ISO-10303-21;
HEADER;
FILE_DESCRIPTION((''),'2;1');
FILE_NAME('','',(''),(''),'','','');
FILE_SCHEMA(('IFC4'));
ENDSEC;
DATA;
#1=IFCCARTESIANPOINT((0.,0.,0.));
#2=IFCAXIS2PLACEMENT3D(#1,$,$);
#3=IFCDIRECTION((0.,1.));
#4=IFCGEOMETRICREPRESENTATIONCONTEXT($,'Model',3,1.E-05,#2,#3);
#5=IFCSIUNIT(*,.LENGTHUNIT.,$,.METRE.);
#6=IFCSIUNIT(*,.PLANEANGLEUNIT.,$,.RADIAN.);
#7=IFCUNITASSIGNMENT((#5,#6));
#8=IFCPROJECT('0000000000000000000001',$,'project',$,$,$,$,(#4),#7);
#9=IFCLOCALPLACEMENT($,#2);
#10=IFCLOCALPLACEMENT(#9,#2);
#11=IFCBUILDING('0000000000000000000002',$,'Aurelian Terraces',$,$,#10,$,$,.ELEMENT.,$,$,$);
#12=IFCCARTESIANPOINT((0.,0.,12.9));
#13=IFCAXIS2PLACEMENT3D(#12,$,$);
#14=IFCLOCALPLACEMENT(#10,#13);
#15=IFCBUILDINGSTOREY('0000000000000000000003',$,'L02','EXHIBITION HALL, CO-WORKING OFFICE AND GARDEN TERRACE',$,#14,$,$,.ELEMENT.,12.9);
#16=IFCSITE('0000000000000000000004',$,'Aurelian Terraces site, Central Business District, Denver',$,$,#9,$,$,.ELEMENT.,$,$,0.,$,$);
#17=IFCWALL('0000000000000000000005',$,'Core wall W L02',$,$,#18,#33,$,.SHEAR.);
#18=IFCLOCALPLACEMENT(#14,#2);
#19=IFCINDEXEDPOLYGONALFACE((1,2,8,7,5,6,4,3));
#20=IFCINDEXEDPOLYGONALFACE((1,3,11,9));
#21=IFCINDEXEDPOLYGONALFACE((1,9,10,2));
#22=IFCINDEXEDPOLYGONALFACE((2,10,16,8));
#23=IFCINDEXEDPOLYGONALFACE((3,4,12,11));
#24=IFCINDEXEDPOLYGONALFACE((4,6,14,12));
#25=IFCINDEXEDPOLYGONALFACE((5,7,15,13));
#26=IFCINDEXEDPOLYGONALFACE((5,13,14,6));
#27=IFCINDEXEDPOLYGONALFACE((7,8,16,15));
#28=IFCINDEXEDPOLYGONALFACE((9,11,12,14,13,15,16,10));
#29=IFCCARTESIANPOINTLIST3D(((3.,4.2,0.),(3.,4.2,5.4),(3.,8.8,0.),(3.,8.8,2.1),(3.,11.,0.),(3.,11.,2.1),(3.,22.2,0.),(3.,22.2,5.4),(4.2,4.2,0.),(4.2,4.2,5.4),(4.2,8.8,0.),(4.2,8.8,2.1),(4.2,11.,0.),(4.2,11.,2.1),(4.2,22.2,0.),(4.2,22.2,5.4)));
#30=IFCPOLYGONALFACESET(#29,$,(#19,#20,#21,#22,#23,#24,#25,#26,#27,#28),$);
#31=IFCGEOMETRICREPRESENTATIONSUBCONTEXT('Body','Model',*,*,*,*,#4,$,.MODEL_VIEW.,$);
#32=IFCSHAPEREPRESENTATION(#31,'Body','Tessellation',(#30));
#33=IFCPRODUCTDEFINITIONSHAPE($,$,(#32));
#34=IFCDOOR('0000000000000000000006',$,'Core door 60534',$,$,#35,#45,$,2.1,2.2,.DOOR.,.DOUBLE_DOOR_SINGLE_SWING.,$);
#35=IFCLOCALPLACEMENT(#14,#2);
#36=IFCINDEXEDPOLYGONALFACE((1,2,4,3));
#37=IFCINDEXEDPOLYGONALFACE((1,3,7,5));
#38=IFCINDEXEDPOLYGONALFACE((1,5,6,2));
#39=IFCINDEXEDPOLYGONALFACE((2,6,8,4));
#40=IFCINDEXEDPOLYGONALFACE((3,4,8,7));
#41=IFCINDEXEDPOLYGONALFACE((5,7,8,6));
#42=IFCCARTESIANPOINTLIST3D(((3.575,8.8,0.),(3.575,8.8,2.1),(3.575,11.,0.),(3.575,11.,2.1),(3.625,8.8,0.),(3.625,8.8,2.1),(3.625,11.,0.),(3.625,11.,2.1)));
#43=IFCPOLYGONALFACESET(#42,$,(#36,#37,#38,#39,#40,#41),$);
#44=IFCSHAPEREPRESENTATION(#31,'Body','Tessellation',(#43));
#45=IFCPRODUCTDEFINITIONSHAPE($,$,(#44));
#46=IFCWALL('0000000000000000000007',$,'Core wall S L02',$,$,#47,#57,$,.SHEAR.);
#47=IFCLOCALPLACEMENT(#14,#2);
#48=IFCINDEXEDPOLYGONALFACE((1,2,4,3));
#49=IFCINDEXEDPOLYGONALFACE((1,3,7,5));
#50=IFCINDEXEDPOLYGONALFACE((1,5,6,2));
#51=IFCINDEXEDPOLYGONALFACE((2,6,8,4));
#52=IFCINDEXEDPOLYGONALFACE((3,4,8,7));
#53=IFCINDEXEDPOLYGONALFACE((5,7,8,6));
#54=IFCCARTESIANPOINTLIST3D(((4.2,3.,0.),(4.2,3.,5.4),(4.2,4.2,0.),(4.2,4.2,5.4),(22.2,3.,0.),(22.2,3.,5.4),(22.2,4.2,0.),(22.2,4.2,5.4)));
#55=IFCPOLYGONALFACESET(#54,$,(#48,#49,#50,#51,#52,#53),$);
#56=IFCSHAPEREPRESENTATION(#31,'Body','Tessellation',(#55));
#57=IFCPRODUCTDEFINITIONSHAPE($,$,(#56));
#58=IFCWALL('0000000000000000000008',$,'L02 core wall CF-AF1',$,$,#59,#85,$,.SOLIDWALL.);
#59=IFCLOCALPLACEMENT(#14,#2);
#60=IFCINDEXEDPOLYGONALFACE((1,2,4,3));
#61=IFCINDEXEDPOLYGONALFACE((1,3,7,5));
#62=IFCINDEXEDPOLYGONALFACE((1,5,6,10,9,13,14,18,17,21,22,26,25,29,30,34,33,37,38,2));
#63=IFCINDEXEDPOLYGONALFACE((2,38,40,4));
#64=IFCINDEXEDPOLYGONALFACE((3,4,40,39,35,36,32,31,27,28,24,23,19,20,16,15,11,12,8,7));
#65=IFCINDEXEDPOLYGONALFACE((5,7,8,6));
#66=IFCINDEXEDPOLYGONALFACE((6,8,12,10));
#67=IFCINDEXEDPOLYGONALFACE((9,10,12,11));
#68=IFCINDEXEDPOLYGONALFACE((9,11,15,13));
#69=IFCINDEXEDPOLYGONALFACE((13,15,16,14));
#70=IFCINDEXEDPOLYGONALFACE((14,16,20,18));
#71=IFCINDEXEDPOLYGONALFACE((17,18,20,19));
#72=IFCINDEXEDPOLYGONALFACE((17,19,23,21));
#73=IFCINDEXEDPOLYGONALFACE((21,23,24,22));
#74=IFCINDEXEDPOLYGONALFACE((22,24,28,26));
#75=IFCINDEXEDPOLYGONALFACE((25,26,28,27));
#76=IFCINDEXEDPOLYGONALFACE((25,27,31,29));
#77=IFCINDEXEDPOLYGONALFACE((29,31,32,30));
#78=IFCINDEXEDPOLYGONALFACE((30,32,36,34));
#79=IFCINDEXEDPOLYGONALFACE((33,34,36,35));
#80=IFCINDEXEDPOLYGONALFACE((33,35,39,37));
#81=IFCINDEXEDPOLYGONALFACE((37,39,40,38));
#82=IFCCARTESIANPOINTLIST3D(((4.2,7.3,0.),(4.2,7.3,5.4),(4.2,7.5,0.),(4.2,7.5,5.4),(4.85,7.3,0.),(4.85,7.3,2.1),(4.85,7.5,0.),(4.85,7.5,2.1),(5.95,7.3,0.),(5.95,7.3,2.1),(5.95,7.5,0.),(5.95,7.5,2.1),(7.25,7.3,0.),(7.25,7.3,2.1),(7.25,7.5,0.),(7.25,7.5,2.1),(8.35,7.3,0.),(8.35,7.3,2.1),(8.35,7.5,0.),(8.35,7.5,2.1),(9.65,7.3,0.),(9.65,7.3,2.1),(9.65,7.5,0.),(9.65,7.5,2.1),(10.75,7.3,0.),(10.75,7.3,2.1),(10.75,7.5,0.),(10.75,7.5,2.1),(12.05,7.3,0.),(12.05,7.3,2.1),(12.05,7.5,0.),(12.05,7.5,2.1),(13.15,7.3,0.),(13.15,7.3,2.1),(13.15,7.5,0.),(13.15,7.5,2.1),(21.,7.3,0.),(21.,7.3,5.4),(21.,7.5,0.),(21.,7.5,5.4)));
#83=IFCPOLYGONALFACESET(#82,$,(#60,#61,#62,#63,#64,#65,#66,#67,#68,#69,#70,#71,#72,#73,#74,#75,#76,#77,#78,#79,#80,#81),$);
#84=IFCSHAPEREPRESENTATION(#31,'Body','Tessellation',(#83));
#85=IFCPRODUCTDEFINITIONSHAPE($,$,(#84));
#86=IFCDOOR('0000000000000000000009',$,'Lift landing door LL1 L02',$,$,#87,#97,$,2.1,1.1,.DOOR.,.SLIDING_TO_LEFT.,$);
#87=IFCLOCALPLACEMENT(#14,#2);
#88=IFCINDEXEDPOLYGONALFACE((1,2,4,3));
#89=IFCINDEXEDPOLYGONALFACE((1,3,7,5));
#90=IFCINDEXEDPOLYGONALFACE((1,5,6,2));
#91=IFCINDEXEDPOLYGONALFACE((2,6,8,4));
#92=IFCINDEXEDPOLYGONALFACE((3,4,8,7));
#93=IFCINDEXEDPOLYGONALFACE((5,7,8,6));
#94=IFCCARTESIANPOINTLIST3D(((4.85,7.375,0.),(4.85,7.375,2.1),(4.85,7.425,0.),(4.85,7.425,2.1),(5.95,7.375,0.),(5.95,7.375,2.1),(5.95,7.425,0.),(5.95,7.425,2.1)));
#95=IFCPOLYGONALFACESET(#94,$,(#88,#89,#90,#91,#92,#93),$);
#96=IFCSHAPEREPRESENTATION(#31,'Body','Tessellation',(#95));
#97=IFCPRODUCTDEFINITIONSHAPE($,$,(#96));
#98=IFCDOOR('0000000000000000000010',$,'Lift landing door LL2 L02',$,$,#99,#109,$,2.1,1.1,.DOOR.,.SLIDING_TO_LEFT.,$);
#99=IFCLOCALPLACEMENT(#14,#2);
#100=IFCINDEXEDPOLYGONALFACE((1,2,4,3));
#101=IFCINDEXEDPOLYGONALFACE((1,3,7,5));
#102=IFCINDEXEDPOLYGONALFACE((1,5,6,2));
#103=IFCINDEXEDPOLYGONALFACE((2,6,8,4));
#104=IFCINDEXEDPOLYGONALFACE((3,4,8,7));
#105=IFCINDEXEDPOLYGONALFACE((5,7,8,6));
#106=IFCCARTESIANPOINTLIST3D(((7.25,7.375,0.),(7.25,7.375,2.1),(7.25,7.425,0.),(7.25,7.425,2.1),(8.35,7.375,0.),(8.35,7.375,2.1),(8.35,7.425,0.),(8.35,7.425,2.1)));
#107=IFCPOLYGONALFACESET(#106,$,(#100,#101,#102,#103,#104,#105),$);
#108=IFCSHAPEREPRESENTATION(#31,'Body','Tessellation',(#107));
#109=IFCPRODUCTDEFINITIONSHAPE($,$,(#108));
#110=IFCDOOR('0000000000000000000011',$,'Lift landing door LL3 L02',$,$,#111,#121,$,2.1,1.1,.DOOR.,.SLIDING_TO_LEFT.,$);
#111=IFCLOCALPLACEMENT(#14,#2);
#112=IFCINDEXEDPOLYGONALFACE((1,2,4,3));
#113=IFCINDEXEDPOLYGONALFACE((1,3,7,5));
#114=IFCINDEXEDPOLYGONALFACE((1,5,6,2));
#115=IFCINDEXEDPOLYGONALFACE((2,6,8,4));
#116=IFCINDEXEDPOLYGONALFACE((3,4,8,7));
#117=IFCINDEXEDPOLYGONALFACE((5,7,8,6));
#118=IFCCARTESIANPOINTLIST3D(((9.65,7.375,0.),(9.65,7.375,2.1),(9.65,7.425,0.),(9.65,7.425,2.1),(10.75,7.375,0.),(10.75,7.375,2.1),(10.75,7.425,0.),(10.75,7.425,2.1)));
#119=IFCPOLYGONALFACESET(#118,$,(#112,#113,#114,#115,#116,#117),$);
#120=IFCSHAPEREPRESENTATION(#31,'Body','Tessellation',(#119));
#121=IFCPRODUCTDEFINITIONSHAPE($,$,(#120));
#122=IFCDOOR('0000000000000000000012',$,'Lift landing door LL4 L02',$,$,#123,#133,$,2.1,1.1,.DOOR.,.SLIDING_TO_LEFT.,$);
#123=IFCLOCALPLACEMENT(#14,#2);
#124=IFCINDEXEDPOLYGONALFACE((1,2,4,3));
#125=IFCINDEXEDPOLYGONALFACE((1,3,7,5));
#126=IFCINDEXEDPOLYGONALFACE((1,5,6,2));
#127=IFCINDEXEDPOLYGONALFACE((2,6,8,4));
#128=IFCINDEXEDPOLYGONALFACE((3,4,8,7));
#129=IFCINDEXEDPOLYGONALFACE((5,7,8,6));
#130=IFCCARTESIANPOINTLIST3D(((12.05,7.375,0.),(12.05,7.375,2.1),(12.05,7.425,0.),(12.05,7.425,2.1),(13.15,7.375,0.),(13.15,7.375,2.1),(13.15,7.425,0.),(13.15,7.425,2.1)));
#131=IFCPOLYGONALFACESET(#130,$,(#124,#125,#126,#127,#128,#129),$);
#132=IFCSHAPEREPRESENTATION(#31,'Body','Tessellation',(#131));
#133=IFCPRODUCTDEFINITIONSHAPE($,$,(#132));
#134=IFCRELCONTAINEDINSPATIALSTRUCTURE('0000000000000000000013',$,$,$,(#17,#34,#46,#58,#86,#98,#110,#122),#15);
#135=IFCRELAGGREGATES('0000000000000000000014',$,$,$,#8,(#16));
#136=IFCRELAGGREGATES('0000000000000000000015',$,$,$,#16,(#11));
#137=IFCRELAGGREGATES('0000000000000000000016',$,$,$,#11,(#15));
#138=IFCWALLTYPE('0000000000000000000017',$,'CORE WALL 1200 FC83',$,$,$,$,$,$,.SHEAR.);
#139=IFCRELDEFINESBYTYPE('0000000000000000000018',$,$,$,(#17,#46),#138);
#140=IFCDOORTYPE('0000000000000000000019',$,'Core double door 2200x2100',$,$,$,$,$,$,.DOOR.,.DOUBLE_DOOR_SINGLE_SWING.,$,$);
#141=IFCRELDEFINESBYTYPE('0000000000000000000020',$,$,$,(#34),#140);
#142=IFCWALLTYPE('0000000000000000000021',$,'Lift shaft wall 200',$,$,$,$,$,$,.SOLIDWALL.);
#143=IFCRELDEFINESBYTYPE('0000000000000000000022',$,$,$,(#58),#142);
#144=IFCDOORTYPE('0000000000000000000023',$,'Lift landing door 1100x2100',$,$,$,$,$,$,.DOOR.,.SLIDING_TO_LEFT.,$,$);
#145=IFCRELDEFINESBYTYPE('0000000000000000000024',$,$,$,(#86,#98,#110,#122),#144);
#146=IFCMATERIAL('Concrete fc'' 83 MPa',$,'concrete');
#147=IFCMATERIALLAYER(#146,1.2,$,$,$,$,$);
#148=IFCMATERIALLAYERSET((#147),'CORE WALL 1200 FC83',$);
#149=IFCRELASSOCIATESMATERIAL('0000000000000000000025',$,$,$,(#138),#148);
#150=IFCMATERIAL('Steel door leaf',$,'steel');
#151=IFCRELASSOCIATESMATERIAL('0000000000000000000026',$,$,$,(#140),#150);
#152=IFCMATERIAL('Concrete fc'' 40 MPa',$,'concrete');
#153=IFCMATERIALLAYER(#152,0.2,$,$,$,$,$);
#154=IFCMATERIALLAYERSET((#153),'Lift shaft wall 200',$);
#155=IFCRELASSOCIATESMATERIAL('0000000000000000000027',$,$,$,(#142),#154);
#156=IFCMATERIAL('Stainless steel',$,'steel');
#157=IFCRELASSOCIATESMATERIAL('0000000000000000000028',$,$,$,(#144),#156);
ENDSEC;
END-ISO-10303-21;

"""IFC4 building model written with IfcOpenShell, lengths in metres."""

from ifc_helpers import new_model, si_unit, direction, frame, frame_2d, origin, place, context, subcontext, project, spatial, rectangle, extrude, source, transform, mapped, material, layer, layer_set, type_object, element, fill, save


model = new_model("IFC4")

# Units and contexts
model_context = context("Model", 3, precision=1e-05, world=origin(), true_north=direction((0.0, 1.0)))
body_context = subcontext(model_context, "Body", "Model", "MODEL_VIEW")
ifc_project = project(units=[si_unit("LENGTHUNIT", "METRE"), si_unit("PLANEANGLEUNIT", "RADIAN")], contexts=[model_context])

# Site, building, storey
site_placement = place(None, origin())
site = spatial("IfcSite", under=ifc_project, at=site_placement, Name="Aurelian Terraces site, Central Business District, Denver", CompositionType="ELEMENT", RefElevation=0.0)
building_placement = place(site_placement, origin())
building = spatial("IfcBuilding", under=site, at=building_placement, Name="Aurelian Terraces", CompositionType="ELEMENT")
storey_placement = place(building_placement, frame((0.0, 0.0, 12.9)))
storey = spatial("IfcBuildingStorey", under=building, at=storey_placement, Name="L02", Description="EXHIBITION HALL, CO-WORKING OFFICE AND GARDEN TERRACE", CompositionType="ELEMENT", Elevation=12.9)

# Shared definitions
ifc_material_1 = material(Name="Concrete fc' 40 MPa", Category="concrete")

# Wall, opening, door
ifc_material_2 = material(Name="Concrete fc' 83 MPa", Category="concrete")
ifc_layer_1 = layer(ifc_material_2, 1.2)
ifc_layer_set_1 = layer_set([ifc_layer_1], Name="CORE WALL 1200 FC83")
wall_type_1 = type_object("IfcWallType", Name="CORE WALL 1200 FC83", PredefinedType="SHEAR", material=ifc_layer_set_1)
shared_shape_1 = source(origin(), body_context, "Body", "SweptSolid", [
    extrude(rectangle(XDim=18.0, YDim=1.2, at=frame_2d((9.0, 0.0))), origin(), (0.0, 0.0, 1.0), 5.4),
])
wall_1_placement = place(storey_placement, frame((3.6, 4.2, 0.0), z_axis=(0.0, 0.0, 1.0), x_axis=(0.0, 1.0, 0.0)))
wall_1 = element("IfcWall", 1, at=wall_1_placement, inside=storey, type_object=wall_type_1, Name="Core wall W L02", PredefinedType="SHEAR", context=body_context, shape_type="MappedRepresentation", body=[
    mapped(shared_shape_1, transform((0.0, 0.0, 0.0), scale=1.0)),
])
shared_shape_2 = source(origin(), body_context, "Body", "SweptSolid", [
    extrude(rectangle(XDim=2.2, YDim=2.1, at=frame_2d((1.1, 1.05))), frame((0.0, 0.61, 0.0), z_axis=(0.0, -1.0, 0.0), x_axis=(1.0, 0.0, 0.0)), (0.0, 0.0, 1.0), 1.22),
])
opening_1_placement = place(wall_1_placement, frame((4.6, 0.0, 0.0)))
opening_1 = element("IfcOpeningElement", 2, at=opening_1_placement, cuts=wall_1, PredefinedType="OPENING", context=body_context, shape_type="MappedRepresentation", body=[
    mapped(shared_shape_2, transform((0.0, 0.0, 0.0), scale=1.0)),
])
ifc_material_3 = material(Name="Steel door leaf", Category="steel")
door_type_1 = type_object("IfcDoorType", Name="Core double door 2200x2100", OperationType="DOUBLE_DOOR_SINGLE_SWING", PredefinedType="DOOR", material=ifc_material_3)
shared_shape_3 = source(origin(), body_context, "Body", "SweptSolid", [
    extrude(rectangle(XDim=2.2, YDim=2.1, at=frame_2d((1.1, 1.05))), frame((0.0, 0.025, 0.0), z_axis=(0.0, -1.0, 0.0), x_axis=(1.0, 0.0, 0.0)), (0.0, 0.0, 1.0), 0.05),
])
door_1_placement = place(opening_1_placement, origin())
door_1 = element("IfcDoor", 3, at=door_1_placement, inside=storey, type_object=door_type_1, Name="Core door 60534", OperationType="DOUBLE_DOOR_SINGLE_SWING", OverallHeight=2.1, OverallWidth=2.2, PredefinedType="DOOR", context=body_context, shape_type="MappedRepresentation", body=[
    mapped(shared_shape_3, transform((0.0, 0.0, 0.0), scale=1.0)),
])
fill(opening_1, door_1)

# Wall
wall_2_placement = place(storey_placement, frame((4.2, 3.6, 0.0), z_axis=(0.0, 0.0, 1.0), x_axis=(1.0, 0.0, 0.0)))
element("IfcWall", 4, at=wall_2_placement, inside=storey, type_object=wall_type_1, Name="Core wall S L02", PredefinedType="SHEAR", context=body_context, shape_type="MappedRepresentation", body=[
    mapped(shared_shape_1, transform((0.0, 0.0, 0.0), scale=1.0)),
])

# Wall, openings, doors
ifc_layer_2 = layer(ifc_material_1, 0.2)
ifc_layer_set_2 = layer_set([ifc_layer_2], Name="Lift shaft wall 200")
wall_type_2 = type_object("IfcWallType", Name="Lift shaft wall 200", PredefinedType="SOLIDWALL", material=ifc_layer_set_2)
shared_shape_4 = source(origin(), body_context, "Body", "SweptSolid", [
    extrude(rectangle(XDim=16.8, YDim=0.2, at=frame_2d((8.4, 0.0))), origin(), (0.0, 0.0, 1.0), 5.4),
])
wall_3_placement = place(storey_placement, frame((4.2, 7.4, 0.0), z_axis=(0.0, 0.0, 1.0), x_axis=(1.0, 0.0, 0.0)))
wall_3 = element("IfcWall", 5, at=wall_3_placement, inside=storey, type_object=wall_type_2, Name="L02 core wall CF-AF1", PredefinedType="SOLIDWALL", context=body_context, shape_type="MappedRepresentation", body=[
    mapped(shared_shape_4, transform((0.0, 0.0, 0.0), scale=1.0)),
])
shared_shape_5 = source(origin(), body_context, "Body", "SweptSolid", [
    extrude(rectangle(XDim=1.1, YDim=2.1, at=frame_2d((0.55, 1.05))), frame((0.0, 0.11, 0.0), z_axis=(0.0, -1.0, 0.0), x_axis=(1.0, 0.0, 0.0)), (0.0, 0.0, 1.0), 0.22),
])
opening_2_placement = place(wall_3_placement, frame((0.65, 0.0, 0.0)))
opening_2 = element("IfcOpeningElement", 6, at=opening_2_placement, cuts=wall_3, PredefinedType="OPENING", context=body_context, shape_type="MappedRepresentation", body=[
    mapped(shared_shape_5, transform((0.0, 0.0, 0.0), scale=1.0)),
])
opening_3_placement = place(wall_3_placement, frame((3.05, 0.0, 0.0)))
opening_3 = element("IfcOpeningElement", 7, at=opening_3_placement, cuts=wall_3, PredefinedType="OPENING", context=body_context, shape_type="MappedRepresentation", body=[
    mapped(shared_shape_5, transform((0.0, 0.0, 0.0), scale=1.0)),
])
opening_4_placement = place(wall_3_placement, frame((5.45, 0.0, 0.0)))
opening_4 = element("IfcOpeningElement", 8, at=opening_4_placement, cuts=wall_3, PredefinedType="OPENING", context=body_context, shape_type="MappedRepresentation", body=[
    mapped(shared_shape_5, transform((0.0, 0.0, 0.0), scale=1.0)),
])
opening_5_placement = place(wall_3_placement, frame((7.85, 0.0, 0.0)))
opening_5 = element("IfcOpeningElement", 9, at=opening_5_placement, cuts=wall_3, PredefinedType="OPENING", context=body_context, shape_type="MappedRepresentation", body=[
    mapped(shared_shape_5, transform((0.0, 0.0, 0.0), scale=1.0)),
])
ifc_material_4 = material(Name="Stainless steel", Category="steel")
door_type_2 = type_object("IfcDoorType", Name="Lift landing door 1100x2100", OperationType="SLIDING_TO_LEFT", PredefinedType="DOOR", material=ifc_material_4)
shared_shape_6 = source(origin(), body_context, "Body", "SweptSolid", [
    extrude(rectangle(XDim=1.1, YDim=2.1, at=frame_2d((0.55, 1.05))), frame((0.0, 0.025, 0.0), z_axis=(0.0, -1.0, 0.0), x_axis=(1.0, 0.0, 0.0)), (0.0, 0.0, 1.0), 0.05),
])
door_2_placement = place(opening_2_placement, origin())
door_2 = element("IfcDoor", 10, at=door_2_placement, inside=storey, type_object=door_type_2, Name="Lift landing door LL1 L02", OperationType="SLIDING_TO_LEFT", OverallHeight=2.1, OverallWidth=1.1, PredefinedType="DOOR", context=body_context, shape_type="MappedRepresentation", body=[
    mapped(shared_shape_6, transform((0.0, 0.0, 0.0), scale=1.0)),
])
fill(opening_2, door_2)
door_3_placement = place(opening_3_placement, origin())
door_3 = element("IfcDoor", 11, at=door_3_placement, inside=storey, type_object=door_type_2, Name="Lift landing door LL2 L02", OperationType="SLIDING_TO_LEFT", OverallHeight=2.1, OverallWidth=1.1, PredefinedType="DOOR", context=body_context, shape_type="MappedRepresentation", body=[
    mapped(shared_shape_6, transform((0.0, 0.0, 0.0), scale=1.0)),
])
fill(opening_3, door_3)
door_4_placement = place(opening_4_placement, origin())
door_4 = element("IfcDoor", 12, at=door_4_placement, inside=storey, type_object=door_type_2, Name="Lift landing door LL3 L02", OperationType="SLIDING_TO_LEFT", OverallHeight=2.1, OverallWidth=1.1, PredefinedType="DOOR", context=body_context, shape_type="MappedRepresentation", body=[
    mapped(shared_shape_6, transform((0.0, 0.0, 0.0), scale=1.0)),
])
fill(opening_4, door_4)
door_5_placement = place(opening_5_placement, origin())
door_5 = element("IfcDoor", 13, at=door_5_placement, inside=storey, type_object=door_type_2, Name="Lift landing door LL4 L02", OperationType="SLIDING_TO_LEFT", OverallHeight=2.1, OverallWidth=1.1, PredefinedType="DOOR", context=body_context, shape_type="MappedRepresentation", body=[
    mapped(shared_shape_6, transform((0.0, 0.0, 0.0), scale=1.0)),
])
fill(opening_5, door_5)

save(model, "model.ifc")
